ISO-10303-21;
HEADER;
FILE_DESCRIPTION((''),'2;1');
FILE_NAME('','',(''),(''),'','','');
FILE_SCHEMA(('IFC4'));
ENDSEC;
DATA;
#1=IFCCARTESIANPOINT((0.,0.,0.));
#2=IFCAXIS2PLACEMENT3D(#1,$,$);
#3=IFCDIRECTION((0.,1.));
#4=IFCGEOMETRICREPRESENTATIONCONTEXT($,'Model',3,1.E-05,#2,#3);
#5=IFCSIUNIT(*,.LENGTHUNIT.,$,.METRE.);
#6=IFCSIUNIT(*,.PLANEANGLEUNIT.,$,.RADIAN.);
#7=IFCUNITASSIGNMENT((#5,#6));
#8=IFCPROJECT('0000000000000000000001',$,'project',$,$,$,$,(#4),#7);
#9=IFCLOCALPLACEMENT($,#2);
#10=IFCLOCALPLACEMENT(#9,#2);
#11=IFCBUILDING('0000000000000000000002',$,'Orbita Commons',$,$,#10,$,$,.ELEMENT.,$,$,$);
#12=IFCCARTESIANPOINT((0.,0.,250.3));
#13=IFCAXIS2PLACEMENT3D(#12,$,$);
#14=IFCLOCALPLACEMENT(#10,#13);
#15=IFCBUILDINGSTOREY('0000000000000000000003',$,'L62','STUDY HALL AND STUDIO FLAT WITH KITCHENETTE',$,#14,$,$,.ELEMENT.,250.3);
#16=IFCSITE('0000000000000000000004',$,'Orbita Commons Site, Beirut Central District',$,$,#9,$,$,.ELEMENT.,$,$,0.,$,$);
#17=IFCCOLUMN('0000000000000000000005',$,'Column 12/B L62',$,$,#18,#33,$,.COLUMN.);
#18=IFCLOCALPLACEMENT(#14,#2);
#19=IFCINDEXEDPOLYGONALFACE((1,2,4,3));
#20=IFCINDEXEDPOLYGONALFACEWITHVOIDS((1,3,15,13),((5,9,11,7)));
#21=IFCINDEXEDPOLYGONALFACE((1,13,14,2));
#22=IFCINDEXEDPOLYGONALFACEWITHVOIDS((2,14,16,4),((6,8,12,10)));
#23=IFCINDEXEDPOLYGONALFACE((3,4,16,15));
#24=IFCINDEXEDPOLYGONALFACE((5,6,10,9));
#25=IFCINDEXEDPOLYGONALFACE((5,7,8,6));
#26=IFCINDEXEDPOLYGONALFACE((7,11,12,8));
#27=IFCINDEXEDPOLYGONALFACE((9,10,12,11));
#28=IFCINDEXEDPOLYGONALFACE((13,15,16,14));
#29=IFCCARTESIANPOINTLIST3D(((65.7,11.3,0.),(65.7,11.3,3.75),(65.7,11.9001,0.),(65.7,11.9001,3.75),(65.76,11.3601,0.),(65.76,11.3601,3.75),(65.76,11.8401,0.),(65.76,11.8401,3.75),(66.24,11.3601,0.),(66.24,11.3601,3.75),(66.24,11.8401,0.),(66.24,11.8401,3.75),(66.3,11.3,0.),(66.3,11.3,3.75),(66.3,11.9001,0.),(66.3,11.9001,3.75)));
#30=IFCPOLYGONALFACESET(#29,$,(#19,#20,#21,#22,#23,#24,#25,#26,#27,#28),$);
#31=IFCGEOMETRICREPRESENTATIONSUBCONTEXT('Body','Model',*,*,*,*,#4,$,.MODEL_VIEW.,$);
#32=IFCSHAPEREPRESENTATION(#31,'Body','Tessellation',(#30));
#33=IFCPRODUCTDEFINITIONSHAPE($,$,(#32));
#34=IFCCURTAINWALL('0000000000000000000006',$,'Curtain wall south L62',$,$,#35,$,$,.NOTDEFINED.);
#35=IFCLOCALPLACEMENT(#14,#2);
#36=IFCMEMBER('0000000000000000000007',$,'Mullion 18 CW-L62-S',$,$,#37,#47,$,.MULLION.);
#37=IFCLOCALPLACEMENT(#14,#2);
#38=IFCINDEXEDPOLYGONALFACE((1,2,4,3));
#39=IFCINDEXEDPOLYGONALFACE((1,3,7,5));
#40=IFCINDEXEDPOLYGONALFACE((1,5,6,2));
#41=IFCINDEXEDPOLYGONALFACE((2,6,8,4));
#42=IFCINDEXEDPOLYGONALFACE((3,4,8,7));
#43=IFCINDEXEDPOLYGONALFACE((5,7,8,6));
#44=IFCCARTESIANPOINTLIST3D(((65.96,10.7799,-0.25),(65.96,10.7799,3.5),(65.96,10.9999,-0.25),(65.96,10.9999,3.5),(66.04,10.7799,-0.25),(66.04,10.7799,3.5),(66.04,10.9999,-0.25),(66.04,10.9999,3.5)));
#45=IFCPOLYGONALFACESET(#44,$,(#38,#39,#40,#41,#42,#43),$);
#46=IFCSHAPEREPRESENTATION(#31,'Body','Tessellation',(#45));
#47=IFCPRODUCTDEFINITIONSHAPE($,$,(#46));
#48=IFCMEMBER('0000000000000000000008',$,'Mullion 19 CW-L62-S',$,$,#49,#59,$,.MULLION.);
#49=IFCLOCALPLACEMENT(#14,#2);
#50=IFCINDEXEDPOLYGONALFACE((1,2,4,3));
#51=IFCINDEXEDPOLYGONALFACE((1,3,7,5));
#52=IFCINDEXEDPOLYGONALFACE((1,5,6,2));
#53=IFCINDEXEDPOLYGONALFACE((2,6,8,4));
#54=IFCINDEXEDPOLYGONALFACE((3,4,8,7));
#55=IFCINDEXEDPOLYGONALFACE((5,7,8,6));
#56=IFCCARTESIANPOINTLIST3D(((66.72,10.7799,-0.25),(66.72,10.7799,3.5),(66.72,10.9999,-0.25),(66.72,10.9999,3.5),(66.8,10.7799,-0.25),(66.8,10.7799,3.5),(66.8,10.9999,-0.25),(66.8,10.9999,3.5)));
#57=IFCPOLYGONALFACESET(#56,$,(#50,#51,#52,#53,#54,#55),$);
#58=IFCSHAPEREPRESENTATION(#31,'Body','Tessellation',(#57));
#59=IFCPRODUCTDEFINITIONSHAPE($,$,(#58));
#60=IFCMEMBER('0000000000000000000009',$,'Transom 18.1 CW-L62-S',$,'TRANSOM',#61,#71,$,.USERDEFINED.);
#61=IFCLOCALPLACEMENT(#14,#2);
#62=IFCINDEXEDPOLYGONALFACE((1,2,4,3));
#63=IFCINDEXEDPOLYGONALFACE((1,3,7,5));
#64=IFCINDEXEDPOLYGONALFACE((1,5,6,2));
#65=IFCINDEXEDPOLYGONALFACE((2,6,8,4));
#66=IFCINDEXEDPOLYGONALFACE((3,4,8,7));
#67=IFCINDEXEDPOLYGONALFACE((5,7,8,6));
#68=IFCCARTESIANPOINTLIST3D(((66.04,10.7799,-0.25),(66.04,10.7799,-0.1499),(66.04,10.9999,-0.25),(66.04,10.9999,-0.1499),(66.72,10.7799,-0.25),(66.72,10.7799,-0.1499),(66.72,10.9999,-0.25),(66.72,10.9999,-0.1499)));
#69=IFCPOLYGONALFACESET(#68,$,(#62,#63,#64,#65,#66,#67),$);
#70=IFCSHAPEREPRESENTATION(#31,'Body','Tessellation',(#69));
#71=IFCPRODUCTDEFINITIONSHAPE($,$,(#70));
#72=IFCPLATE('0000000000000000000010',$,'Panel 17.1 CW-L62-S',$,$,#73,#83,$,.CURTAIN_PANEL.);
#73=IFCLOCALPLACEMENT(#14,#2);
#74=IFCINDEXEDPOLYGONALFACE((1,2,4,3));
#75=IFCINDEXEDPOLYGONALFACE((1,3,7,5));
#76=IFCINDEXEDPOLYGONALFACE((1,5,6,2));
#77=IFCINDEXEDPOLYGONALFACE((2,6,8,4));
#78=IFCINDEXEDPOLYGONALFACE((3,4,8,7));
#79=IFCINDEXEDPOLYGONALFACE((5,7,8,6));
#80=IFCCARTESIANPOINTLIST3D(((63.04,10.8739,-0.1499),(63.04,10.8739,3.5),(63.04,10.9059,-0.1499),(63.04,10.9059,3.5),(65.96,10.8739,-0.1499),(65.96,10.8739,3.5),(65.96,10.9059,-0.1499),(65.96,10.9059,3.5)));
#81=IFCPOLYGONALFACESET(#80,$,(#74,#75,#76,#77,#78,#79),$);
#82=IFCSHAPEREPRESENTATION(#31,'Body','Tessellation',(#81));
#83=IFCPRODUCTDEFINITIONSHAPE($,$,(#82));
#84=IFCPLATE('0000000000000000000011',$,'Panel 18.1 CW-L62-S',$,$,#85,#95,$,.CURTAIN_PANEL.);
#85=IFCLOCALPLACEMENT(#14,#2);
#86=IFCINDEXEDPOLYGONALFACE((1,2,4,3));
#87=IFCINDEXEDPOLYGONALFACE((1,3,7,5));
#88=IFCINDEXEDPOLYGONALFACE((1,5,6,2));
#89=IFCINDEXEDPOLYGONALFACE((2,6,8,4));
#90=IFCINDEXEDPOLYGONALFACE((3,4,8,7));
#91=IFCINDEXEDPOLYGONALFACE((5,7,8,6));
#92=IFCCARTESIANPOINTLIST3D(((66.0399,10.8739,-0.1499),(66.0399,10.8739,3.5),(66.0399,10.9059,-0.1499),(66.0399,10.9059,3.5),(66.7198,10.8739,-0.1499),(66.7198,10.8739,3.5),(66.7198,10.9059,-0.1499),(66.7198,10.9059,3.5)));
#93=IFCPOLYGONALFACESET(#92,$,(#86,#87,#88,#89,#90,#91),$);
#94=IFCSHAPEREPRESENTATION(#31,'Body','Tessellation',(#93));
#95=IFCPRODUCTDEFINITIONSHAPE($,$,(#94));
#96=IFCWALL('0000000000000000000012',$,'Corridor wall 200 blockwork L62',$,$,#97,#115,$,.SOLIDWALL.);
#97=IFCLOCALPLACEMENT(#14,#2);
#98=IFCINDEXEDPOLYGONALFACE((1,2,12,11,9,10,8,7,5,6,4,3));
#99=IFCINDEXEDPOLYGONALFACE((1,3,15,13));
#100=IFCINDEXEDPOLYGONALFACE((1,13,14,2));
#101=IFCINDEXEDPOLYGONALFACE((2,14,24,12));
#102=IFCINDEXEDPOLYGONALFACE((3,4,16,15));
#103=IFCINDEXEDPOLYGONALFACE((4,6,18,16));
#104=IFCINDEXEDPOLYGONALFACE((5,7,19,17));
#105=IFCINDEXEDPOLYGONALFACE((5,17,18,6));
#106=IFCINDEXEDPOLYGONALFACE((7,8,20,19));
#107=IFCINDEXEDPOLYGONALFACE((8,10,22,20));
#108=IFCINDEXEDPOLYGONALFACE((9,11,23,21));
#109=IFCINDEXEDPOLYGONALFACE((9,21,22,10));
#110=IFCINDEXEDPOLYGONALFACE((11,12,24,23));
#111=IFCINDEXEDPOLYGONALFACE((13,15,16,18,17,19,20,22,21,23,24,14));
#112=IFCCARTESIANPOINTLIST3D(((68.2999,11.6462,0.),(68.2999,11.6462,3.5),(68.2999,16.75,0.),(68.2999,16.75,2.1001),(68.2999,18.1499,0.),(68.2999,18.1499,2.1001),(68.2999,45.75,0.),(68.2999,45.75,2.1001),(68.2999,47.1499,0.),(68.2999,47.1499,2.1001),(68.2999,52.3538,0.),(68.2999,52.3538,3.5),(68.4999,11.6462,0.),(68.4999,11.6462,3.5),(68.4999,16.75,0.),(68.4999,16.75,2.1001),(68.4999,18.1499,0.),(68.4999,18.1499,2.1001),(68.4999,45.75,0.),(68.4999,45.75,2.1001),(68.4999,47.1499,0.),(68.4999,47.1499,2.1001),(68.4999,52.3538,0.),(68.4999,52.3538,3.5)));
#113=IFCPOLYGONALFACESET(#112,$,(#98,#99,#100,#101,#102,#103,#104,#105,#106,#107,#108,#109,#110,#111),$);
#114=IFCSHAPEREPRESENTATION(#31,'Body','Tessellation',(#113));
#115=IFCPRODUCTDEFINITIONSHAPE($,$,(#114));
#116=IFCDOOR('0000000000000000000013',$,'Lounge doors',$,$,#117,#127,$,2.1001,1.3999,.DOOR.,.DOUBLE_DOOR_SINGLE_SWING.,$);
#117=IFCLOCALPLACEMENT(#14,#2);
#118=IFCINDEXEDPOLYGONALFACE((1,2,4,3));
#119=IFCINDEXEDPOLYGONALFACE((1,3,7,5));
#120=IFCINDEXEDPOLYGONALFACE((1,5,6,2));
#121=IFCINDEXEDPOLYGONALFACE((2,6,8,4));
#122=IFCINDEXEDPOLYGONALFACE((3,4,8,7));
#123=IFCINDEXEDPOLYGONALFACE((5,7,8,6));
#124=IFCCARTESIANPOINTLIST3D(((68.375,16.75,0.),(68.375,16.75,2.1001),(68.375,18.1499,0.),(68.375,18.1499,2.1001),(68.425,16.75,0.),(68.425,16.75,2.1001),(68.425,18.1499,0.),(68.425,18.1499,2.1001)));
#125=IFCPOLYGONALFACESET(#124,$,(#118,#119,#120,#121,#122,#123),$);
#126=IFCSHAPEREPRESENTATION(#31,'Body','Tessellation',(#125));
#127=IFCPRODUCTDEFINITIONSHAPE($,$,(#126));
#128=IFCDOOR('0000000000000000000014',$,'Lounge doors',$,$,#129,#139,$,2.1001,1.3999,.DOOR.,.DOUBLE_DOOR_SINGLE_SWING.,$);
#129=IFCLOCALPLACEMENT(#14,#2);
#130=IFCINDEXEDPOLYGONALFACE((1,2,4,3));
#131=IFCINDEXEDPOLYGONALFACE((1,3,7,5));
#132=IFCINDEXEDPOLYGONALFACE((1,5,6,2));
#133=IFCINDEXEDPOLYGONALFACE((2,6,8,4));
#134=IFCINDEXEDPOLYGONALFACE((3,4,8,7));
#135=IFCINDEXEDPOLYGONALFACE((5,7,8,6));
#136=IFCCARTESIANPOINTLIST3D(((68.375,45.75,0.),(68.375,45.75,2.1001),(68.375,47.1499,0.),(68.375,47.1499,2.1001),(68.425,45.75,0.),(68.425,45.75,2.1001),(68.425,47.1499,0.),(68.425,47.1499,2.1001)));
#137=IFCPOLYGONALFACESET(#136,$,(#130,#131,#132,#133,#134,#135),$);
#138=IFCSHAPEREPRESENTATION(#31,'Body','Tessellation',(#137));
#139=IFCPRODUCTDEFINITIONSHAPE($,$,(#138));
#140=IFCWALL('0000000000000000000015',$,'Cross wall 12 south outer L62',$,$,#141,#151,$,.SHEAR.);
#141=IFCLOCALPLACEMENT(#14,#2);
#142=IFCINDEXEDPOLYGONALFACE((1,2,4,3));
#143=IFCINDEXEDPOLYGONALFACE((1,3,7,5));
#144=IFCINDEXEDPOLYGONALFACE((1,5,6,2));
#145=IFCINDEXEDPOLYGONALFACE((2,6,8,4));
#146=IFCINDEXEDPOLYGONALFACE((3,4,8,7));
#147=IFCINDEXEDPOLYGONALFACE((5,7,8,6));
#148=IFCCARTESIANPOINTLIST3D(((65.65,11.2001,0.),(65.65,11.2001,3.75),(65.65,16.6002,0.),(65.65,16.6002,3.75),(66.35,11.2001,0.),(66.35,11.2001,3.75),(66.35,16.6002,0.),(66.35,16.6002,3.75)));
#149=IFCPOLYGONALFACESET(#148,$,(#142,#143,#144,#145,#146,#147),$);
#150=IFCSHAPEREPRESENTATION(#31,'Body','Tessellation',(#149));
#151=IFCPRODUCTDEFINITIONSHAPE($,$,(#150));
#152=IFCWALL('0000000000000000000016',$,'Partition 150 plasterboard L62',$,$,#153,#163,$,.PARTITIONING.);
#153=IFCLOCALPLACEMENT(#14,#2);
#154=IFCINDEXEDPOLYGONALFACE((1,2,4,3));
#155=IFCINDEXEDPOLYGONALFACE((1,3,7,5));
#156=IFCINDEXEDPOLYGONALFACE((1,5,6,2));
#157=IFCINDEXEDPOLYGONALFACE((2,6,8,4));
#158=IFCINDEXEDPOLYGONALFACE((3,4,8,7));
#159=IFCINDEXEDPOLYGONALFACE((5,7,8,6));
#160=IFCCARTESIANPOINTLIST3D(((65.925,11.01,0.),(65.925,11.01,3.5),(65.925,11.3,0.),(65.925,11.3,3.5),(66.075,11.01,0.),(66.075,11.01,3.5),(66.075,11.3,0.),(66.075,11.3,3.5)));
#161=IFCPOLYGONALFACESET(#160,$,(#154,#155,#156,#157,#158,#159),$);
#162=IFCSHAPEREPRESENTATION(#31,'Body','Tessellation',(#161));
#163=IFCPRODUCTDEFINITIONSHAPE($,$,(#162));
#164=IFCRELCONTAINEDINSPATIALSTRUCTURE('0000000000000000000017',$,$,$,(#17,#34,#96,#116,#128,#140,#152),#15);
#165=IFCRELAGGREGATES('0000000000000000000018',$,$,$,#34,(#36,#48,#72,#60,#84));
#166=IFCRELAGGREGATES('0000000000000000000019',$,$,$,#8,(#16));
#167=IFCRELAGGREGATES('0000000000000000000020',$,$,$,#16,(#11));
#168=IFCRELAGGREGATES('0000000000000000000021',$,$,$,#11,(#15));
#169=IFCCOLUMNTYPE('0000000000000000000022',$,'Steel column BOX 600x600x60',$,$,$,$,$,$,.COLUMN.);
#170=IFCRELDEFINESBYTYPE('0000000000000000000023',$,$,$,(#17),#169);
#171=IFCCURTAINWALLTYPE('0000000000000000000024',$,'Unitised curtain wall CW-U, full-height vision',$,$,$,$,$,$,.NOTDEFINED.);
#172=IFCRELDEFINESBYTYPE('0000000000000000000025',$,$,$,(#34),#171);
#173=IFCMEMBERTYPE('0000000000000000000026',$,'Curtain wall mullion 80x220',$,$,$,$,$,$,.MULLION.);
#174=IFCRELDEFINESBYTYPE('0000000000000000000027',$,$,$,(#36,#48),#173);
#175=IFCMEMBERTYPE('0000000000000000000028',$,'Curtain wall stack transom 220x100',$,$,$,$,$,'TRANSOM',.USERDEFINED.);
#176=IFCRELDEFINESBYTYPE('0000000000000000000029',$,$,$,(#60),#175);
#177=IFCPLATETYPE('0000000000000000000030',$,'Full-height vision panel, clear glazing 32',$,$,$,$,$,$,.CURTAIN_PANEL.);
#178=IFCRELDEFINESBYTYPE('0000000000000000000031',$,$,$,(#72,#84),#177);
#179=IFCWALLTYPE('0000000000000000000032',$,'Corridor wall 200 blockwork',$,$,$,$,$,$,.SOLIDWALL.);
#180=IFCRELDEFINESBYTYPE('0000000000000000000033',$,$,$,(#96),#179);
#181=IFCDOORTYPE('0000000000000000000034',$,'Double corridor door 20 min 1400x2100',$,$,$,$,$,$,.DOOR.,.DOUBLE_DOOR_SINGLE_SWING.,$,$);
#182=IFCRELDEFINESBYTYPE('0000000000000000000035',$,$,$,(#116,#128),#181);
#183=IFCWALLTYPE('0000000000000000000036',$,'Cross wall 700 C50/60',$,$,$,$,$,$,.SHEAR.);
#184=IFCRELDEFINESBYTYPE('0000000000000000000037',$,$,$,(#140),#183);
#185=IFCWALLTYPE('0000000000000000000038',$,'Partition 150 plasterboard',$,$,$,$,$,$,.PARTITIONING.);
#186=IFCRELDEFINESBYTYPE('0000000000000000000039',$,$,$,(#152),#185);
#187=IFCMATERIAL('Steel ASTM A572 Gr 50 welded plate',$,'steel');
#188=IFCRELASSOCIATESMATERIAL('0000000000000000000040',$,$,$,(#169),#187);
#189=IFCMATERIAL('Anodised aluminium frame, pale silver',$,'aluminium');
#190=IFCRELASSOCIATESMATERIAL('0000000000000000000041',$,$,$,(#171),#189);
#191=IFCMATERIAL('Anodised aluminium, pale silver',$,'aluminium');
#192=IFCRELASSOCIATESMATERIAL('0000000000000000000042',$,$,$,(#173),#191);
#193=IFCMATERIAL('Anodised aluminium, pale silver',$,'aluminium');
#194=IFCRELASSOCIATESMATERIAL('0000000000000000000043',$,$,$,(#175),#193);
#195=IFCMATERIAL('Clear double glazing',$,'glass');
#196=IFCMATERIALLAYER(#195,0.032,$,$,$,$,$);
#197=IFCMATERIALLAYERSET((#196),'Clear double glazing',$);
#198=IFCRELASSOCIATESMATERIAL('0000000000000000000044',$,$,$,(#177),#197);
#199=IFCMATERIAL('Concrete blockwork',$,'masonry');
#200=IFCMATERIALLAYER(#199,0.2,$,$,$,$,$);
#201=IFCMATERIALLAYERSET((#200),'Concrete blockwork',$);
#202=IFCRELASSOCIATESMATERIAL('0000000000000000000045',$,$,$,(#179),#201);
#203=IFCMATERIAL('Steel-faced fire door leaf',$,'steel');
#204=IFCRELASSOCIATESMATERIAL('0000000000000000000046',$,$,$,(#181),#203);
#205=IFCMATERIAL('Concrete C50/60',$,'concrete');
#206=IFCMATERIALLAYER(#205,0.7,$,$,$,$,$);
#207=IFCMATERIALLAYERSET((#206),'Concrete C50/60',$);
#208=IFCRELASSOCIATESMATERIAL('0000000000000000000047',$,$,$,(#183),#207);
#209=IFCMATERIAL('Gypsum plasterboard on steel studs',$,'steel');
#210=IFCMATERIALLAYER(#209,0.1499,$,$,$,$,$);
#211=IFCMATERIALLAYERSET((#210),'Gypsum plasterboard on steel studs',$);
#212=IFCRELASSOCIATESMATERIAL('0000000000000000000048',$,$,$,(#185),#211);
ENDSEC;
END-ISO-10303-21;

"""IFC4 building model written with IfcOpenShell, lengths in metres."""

from ifc_helpers import new_model, si_unit, direction, frame, frame_2d, origin, origin_2d, place, context, subcontext, project, spatial, rectangle, hollow_rectangle, extrude, material, layer, layer_set, material_profile, profile_set, type_object, element, fill, aggregate, save


model = new_model("IFC4")

# Units and contexts
model_context = context("Model", 3, precision=1e-05, world=origin(), true_north=direction((0.0, 1.0)))
body_context = subcontext(model_context, "Body", "Model", "MODEL_VIEW")
ifc_project = project(units=[si_unit("LENGTHUNIT", "METRE"), si_unit("PLANEANGLEUNIT", "RADIAN")], contexts=[model_context])

# Site, building, storey
site_placement = place(None, origin())
site = spatial("IfcSite", under=ifc_project, at=site_placement, Name="Orbita Commons Site, Beirut Central District", CompositionType="ELEMENT", RefElevation=0.0)
building_placement = place(site_placement, origin())
building = spatial("IfcBuilding", under=site, at=building_placement, Name="Orbita Commons", CompositionType="ELEMENT")
storey_placement = place(building_placement, frame((0.0, 0.0, 250.3)))
storey = spatial("IfcBuildingStorey", under=building, at=storey_placement, Name="L62", Description="STUDY HALL AND STUDIO FLAT WITH KITCHENETTE", CompositionType="ELEMENT", Elevation=250.3)

# Column
ifc_material_1 = material(Name="Steel ASTM A572 Gr 50 welded plate", Category="steel")
ifc_material_profile_1 = material_profile(ifc_material_1, hollow_rectangle(XDim=0.6001, YDim=0.6001, WallThickness=0.0601, at=origin_2d()), Name="BOX 600x600x60")
ifc_profile_set_1 = profile_set([ifc_material_profile_1], Name="Steel ASTM A572 Gr 50 welded plate")
column_type = type_object("IfcColumnType", Name="Steel column BOX 600x600x60", PredefinedType="COLUMN", material=ifc_profile_set_1)
column_placement = place(storey_placement, frame((66.0, 11.6001, 0.0), z_axis=(0.0, 0.0, 1.0), x_axis=(1.0, 0.0, 0.0)))
element("IfcColumn", 1, at=column_placement, inside=storey, type_object=column_type, Name="Column 12/B L62", PredefinedType="COLUMN", context=body_context, shape_type="SweptSolid", body=[
    extrude(hollow_rectangle(XDim=0.6001, YDim=0.6001, WallThickness=0.0601, at=origin_2d()), origin(), (0.0, 0.0, 1.0), 3.75),
])

# Curtain wall, members, plates
ifc_material_2 = material(Name="Anodised aluminium frame, pale silver", Category="aluminium")
curtain_wall_type = type_object("IfcCurtainWallType", Name="Unitised curtain wall CW-U, full-height vision", PredefinedType="NOTDEFINED", material=ifc_material_2)
curtain_wall_placement = place(storey_placement, origin())
curtain_wall = element("IfcCurtainWall", 2, at=curtain_wall_placement, inside=storey, type_object=curtain_wall_type, Name="Curtain wall south L62", PredefinedType="NOTDEFINED")
ifc_material_3 = material(Name="Anodised aluminium, pale silver", Category="aluminium")
ifc_material_profile_2 = material_profile(ifc_material_3, rectangle(XDim=0.0801, YDim=0.22, at=origin_2d()), Name="AL 80x220")
ifc_profile_set_2 = profile_set([ifc_material_profile_2], Name="Anodised aluminium, pale silver")
member_type_1 = type_object("IfcMemberType", Name="Curtain wall mullion 80x220", PredefinedType="MULLION", material=ifc_profile_set_2)
member_1_placement = place(storey_placement, frame((66.0, 10.8899, -0.25), z_axis=(0.0, 0.0, 1.0), x_axis=(1.0, 0.0, 0.0)))
member_1 = element("IfcMember", 3, at=member_1_placement, type_object=member_type_1, Name="Mullion 18 CW-L62-S", PredefinedType="MULLION", context=body_context, shape_type="SweptSolid", body=[
    extrude(rectangle(XDim=0.0801, YDim=0.22, at=origin_2d()), origin(), (0.0, 0.0, 1.0), 3.75),
])
member_2_placement = place(storey_placement, frame((66.76, 10.8899, -0.25), z_axis=(0.0, 0.0, 1.0), x_axis=(1.0, 0.0, 0.0)))
member_2 = element("IfcMember", 4, at=member_2_placement, type_object=member_type_1, Name="Mullion 19 CW-L62-S", PredefinedType="MULLION", context=body_context, shape_type="SweptSolid", body=[
    extrude(rectangle(XDim=0.0801, YDim=0.22, at=origin_2d()), origin(), (0.0, 0.0, 1.0), 3.75),
])
ifc_material_4 = material(Name="Anodised aluminium, pale silver", Category="aluminium")
ifc_material_profile_3 = material_profile(ifc_material_4, rectangle(XDim=0.22, YDim=0.1001, at=origin_2d()), Name="AL 220x100")
ifc_profile_set_3 = profile_set([ifc_material_profile_3], Name="Anodised aluminium, pale silver")
member_type_2 = type_object("IfcMemberType", Name="Curtain wall stack transom 220x100", ElementType="TRANSOM", PredefinedType="USERDEFINED", material=ifc_profile_set_3)
member_3_placement = place(storey_placement, frame((66.04, 10.8899, -0.2), z_axis=(1.0, 0.0, 0.0), x_axis=(0.0, 1.0, 0.0)))
member_3 = element("IfcMember", 5, at=member_3_placement, type_object=member_type_2, Name="Transom 18.1 CW-L62-S", ObjectType="TRANSOM", PredefinedType="USERDEFINED", context=body_context, shape_type="SweptSolid", body=[
    extrude(rectangle(XDim=0.22, YDim=0.1001, at=origin_2d()), origin(), (0.0, 0.0, 1.0), 0.6799),
])
ifc_material_5 = material(Name="Clear double glazing", Category="glass")
ifc_layer_1 = layer(ifc_material_5, 0.032)
ifc_layer_set_1 = layer_set([ifc_layer_1], Name="Clear double glazing")
plate_type = type_object("IfcPlateType", Name="Full-height vision panel, clear glazing 32", PredefinedType="CURTAIN_PANEL", material=ifc_layer_set_1)
plate_1_placement = place(storey_placement, frame((64.5, 10.8899, -0.1499), z_axis=(0.0, 0.0, 1.0), x_axis=(1.0, 0.0, 0.0)))
plate_1 = element("IfcPlate", 6, at=plate_1_placement, type_object=plate_type, Name="Panel 17.1 CW-L62-S", PredefinedType="CURTAIN_PANEL", context=body_context, shape_type="SweptSolid", body=[
    extrude(rectangle(XDim=2.9199, YDim=0.032, at=origin_2d()), origin(), (0.0, 0.0, 1.0), 3.6499),
])
plate_2_placement = place(storey_placement, frame((66.3799, 10.8899, -0.1499), z_axis=(0.0, 0.0, 1.0), x_axis=(1.0, 0.0, 0.0)))
plate_2 = element("IfcPlate", 7, at=plate_2_placement, type_object=plate_type, Name="Panel 18.1 CW-L62-S", PredefinedType="CURTAIN_PANEL", context=body_context, shape_type="SweptSolid", body=[
    extrude(rectangle(XDim=0.6799, YDim=0.032, at=origin_2d()), origin(), (0.0, 0.0, 1.0), 3.6499),
])
aggregate(curtain_wall, [member_1, member_2, plate_1, member_3, plate_2])

# Wall, openings, doors
ifc_material_6 = material(Name="Concrete blockwork", Category="masonry")
ifc_layer_2 = layer(ifc_material_6, 0.2)
ifc_layer_set_2 = layer_set([ifc_layer_2], Name="Concrete blockwork")
wall_type_1 = type_object("IfcWallType", Name="Corridor wall 200 blockwork", PredefinedType="SOLIDWALL", material=ifc_layer_set_2)
wall_1_placement = place(storey_placement, frame((68.3999, 11.6462, 0.0), z_axis=(0.0, 0.0, 1.0), x_axis=(0.0, 1.0, 0.0)))
wall_1 = element("IfcWall", 8, at=wall_1_placement, inside=storey, type_object=wall_type_1, Name="Corridor wall 200 blockwork L62", PredefinedType="SOLIDWALL", context=body_context, shape_type="SweptSolid", body=[
    extrude(rectangle(XDim=40.7075, YDim=0.2, at=frame_2d((20.3538, 0.0))), origin(), (0.0, 0.0, 1.0), 3.5),
])
opening_1_placement = place(wall_1_placement, frame((5.1038, 0.0, 0.0)))
opening_1 = element("IfcOpeningElement", 9, at=opening_1_placement, cuts=wall_1, PredefinedType="OPENING", context=body_context, shape_type="SweptSolid", body=[
    extrude(rectangle(XDim=1.3999, YDim=2.1001, at=frame_2d((0.7, 1.05))), frame((0.0, 0.1099, 0.0), z_axis=(0.0, -1.0, 0.0), x_axis=(1.0, 0.0, 0.0)), (0.0, 0.0, 1.0), 0.22),
])
opening_2_placement = place(wall_1_placement, frame((34.1038, 0.0, 0.0)))
opening_2 = element("IfcOpeningElement", 10, at=opening_2_placement, cuts=wall_1, PredefinedType="OPENING", context=body_context, shape_type="SweptSolid", body=[
    extrude(rectangle(XDim=1.3999, YDim=2.1001, at=frame_2d((0.7, 1.05))), frame((0.0, 0.1099, 0.0), z_axis=(0.0, -1.0, 0.0), x_axis=(1.0, 0.0, 0.0)), (0.0, 0.0, 1.0), 0.22),
])
ifc_material_7 = material(Name="Steel-faced fire door leaf", Category="steel")
door_type = type_object("IfcDoorType", Name="Double corridor door 20 min 1400x2100", OperationType="DOUBLE_DOOR_SINGLE_SWING", PredefinedType="DOOR", material=ifc_material_7)
door_1_placement = place(opening_1_placement, origin())
door_1 = element("IfcDoor", 11, at=door_1_placement, inside=storey, type_object=door_type, Name="Lounge doors", OperationType="DOUBLE_DOOR_SINGLE_SWING", OverallHeight=2.1001, OverallWidth=1.3999, PredefinedType="DOOR", context=body_context, shape_type="SweptSolid", body=[
    extrude(rectangle(XDim=1.3999, YDim=2.1001, at=frame_2d((0.7, 1.05))), frame((0.0, 0.0249, 0.0), z_axis=(0.0, -1.0, 0.0), x_axis=(1.0, 0.0, 0.0)), (0.0, 0.0, 1.0), 0.05),
])
fill(opening_1, door_1)
door_2_placement = place(opening_2_placement, origin())
door_2 = element("IfcDoor", 12, at=door_2_placement, inside=storey, type_object=door_type, Name="Lounge doors", OperationType="DOUBLE_DOOR_SINGLE_SWING", OverallHeight=2.1001, OverallWidth=1.3999, PredefinedType="DOOR", context=body_context, shape_type="SweptSolid", body=[
    extrude(rectangle(XDim=1.3999, YDim=2.1001, at=frame_2d((0.7, 1.05))), frame((0.0, 0.0249, 0.0), z_axis=(0.0, -1.0, 0.0), x_axis=(1.0, 0.0, 0.0)), (0.0, 0.0, 1.0), 0.05),
])
fill(opening_2, door_2)

# Walls
ifc_material_8 = material(Name="Concrete C50/60", Category="concrete")
ifc_layer_3 = layer(ifc_material_8, 0.7)
ifc_layer_set_3 = layer_set([ifc_layer_3], Name="Concrete C50/60")
wall_type_2 = type_object("IfcWallType", Name="Cross wall 700 C50/60", PredefinedType="SHEAR", material=ifc_layer_set_3)
wall_2_placement = place(storey_placement, frame((66.0, 11.2, 0.0), z_axis=(0.0, 0.0, 1.0), x_axis=(0.0, 1.0, 0.0)))
element("IfcWall", 13, at=wall_2_placement, inside=storey, type_object=wall_type_2, Name="Cross wall 12 south outer L62", PredefinedType="SHEAR", context=body_context, shape_type="SweptSolid", body=[
    extrude(rectangle(XDim=5.4001, YDim=0.7, at=frame_2d((2.7002, 0.0))), origin(), (0.0, 0.0, 1.0), 3.75),
])
ifc_material_9 = material(Name="Gypsum plasterboard on steel studs", Category="steel")
ifc_layer_4 = layer(ifc_material_9, 0.1499)
ifc_layer_set_4 = layer_set([ifc_layer_4], Name="Gypsum plasterboard on steel studs")
wall_type_3 = type_object("IfcWallType", Name="Partition 150 plasterboard", PredefinedType="PARTITIONING", material=ifc_layer_set_4)
wall_3_placement = place(storey_placement, frame((66.0, 11.3, 0.0), z_axis=(0.0, 0.0, 1.0), x_axis=(0.0, -1.0, 0.0)))
element("IfcWall", 14, at=wall_3_placement, inside=storey, type_object=wall_type_3, Name="Partition 150 plasterboard L62", PredefinedType="PARTITIONING", context=body_context, shape_type="SweptSolid", body=[
    extrude(rectangle(XDim=0.29, YDim=0.1499, at=frame_2d((0.145, 0.0))), origin(), (0.0, 0.0, 1.0), 3.5),
])

save(model, "model.ifc")
